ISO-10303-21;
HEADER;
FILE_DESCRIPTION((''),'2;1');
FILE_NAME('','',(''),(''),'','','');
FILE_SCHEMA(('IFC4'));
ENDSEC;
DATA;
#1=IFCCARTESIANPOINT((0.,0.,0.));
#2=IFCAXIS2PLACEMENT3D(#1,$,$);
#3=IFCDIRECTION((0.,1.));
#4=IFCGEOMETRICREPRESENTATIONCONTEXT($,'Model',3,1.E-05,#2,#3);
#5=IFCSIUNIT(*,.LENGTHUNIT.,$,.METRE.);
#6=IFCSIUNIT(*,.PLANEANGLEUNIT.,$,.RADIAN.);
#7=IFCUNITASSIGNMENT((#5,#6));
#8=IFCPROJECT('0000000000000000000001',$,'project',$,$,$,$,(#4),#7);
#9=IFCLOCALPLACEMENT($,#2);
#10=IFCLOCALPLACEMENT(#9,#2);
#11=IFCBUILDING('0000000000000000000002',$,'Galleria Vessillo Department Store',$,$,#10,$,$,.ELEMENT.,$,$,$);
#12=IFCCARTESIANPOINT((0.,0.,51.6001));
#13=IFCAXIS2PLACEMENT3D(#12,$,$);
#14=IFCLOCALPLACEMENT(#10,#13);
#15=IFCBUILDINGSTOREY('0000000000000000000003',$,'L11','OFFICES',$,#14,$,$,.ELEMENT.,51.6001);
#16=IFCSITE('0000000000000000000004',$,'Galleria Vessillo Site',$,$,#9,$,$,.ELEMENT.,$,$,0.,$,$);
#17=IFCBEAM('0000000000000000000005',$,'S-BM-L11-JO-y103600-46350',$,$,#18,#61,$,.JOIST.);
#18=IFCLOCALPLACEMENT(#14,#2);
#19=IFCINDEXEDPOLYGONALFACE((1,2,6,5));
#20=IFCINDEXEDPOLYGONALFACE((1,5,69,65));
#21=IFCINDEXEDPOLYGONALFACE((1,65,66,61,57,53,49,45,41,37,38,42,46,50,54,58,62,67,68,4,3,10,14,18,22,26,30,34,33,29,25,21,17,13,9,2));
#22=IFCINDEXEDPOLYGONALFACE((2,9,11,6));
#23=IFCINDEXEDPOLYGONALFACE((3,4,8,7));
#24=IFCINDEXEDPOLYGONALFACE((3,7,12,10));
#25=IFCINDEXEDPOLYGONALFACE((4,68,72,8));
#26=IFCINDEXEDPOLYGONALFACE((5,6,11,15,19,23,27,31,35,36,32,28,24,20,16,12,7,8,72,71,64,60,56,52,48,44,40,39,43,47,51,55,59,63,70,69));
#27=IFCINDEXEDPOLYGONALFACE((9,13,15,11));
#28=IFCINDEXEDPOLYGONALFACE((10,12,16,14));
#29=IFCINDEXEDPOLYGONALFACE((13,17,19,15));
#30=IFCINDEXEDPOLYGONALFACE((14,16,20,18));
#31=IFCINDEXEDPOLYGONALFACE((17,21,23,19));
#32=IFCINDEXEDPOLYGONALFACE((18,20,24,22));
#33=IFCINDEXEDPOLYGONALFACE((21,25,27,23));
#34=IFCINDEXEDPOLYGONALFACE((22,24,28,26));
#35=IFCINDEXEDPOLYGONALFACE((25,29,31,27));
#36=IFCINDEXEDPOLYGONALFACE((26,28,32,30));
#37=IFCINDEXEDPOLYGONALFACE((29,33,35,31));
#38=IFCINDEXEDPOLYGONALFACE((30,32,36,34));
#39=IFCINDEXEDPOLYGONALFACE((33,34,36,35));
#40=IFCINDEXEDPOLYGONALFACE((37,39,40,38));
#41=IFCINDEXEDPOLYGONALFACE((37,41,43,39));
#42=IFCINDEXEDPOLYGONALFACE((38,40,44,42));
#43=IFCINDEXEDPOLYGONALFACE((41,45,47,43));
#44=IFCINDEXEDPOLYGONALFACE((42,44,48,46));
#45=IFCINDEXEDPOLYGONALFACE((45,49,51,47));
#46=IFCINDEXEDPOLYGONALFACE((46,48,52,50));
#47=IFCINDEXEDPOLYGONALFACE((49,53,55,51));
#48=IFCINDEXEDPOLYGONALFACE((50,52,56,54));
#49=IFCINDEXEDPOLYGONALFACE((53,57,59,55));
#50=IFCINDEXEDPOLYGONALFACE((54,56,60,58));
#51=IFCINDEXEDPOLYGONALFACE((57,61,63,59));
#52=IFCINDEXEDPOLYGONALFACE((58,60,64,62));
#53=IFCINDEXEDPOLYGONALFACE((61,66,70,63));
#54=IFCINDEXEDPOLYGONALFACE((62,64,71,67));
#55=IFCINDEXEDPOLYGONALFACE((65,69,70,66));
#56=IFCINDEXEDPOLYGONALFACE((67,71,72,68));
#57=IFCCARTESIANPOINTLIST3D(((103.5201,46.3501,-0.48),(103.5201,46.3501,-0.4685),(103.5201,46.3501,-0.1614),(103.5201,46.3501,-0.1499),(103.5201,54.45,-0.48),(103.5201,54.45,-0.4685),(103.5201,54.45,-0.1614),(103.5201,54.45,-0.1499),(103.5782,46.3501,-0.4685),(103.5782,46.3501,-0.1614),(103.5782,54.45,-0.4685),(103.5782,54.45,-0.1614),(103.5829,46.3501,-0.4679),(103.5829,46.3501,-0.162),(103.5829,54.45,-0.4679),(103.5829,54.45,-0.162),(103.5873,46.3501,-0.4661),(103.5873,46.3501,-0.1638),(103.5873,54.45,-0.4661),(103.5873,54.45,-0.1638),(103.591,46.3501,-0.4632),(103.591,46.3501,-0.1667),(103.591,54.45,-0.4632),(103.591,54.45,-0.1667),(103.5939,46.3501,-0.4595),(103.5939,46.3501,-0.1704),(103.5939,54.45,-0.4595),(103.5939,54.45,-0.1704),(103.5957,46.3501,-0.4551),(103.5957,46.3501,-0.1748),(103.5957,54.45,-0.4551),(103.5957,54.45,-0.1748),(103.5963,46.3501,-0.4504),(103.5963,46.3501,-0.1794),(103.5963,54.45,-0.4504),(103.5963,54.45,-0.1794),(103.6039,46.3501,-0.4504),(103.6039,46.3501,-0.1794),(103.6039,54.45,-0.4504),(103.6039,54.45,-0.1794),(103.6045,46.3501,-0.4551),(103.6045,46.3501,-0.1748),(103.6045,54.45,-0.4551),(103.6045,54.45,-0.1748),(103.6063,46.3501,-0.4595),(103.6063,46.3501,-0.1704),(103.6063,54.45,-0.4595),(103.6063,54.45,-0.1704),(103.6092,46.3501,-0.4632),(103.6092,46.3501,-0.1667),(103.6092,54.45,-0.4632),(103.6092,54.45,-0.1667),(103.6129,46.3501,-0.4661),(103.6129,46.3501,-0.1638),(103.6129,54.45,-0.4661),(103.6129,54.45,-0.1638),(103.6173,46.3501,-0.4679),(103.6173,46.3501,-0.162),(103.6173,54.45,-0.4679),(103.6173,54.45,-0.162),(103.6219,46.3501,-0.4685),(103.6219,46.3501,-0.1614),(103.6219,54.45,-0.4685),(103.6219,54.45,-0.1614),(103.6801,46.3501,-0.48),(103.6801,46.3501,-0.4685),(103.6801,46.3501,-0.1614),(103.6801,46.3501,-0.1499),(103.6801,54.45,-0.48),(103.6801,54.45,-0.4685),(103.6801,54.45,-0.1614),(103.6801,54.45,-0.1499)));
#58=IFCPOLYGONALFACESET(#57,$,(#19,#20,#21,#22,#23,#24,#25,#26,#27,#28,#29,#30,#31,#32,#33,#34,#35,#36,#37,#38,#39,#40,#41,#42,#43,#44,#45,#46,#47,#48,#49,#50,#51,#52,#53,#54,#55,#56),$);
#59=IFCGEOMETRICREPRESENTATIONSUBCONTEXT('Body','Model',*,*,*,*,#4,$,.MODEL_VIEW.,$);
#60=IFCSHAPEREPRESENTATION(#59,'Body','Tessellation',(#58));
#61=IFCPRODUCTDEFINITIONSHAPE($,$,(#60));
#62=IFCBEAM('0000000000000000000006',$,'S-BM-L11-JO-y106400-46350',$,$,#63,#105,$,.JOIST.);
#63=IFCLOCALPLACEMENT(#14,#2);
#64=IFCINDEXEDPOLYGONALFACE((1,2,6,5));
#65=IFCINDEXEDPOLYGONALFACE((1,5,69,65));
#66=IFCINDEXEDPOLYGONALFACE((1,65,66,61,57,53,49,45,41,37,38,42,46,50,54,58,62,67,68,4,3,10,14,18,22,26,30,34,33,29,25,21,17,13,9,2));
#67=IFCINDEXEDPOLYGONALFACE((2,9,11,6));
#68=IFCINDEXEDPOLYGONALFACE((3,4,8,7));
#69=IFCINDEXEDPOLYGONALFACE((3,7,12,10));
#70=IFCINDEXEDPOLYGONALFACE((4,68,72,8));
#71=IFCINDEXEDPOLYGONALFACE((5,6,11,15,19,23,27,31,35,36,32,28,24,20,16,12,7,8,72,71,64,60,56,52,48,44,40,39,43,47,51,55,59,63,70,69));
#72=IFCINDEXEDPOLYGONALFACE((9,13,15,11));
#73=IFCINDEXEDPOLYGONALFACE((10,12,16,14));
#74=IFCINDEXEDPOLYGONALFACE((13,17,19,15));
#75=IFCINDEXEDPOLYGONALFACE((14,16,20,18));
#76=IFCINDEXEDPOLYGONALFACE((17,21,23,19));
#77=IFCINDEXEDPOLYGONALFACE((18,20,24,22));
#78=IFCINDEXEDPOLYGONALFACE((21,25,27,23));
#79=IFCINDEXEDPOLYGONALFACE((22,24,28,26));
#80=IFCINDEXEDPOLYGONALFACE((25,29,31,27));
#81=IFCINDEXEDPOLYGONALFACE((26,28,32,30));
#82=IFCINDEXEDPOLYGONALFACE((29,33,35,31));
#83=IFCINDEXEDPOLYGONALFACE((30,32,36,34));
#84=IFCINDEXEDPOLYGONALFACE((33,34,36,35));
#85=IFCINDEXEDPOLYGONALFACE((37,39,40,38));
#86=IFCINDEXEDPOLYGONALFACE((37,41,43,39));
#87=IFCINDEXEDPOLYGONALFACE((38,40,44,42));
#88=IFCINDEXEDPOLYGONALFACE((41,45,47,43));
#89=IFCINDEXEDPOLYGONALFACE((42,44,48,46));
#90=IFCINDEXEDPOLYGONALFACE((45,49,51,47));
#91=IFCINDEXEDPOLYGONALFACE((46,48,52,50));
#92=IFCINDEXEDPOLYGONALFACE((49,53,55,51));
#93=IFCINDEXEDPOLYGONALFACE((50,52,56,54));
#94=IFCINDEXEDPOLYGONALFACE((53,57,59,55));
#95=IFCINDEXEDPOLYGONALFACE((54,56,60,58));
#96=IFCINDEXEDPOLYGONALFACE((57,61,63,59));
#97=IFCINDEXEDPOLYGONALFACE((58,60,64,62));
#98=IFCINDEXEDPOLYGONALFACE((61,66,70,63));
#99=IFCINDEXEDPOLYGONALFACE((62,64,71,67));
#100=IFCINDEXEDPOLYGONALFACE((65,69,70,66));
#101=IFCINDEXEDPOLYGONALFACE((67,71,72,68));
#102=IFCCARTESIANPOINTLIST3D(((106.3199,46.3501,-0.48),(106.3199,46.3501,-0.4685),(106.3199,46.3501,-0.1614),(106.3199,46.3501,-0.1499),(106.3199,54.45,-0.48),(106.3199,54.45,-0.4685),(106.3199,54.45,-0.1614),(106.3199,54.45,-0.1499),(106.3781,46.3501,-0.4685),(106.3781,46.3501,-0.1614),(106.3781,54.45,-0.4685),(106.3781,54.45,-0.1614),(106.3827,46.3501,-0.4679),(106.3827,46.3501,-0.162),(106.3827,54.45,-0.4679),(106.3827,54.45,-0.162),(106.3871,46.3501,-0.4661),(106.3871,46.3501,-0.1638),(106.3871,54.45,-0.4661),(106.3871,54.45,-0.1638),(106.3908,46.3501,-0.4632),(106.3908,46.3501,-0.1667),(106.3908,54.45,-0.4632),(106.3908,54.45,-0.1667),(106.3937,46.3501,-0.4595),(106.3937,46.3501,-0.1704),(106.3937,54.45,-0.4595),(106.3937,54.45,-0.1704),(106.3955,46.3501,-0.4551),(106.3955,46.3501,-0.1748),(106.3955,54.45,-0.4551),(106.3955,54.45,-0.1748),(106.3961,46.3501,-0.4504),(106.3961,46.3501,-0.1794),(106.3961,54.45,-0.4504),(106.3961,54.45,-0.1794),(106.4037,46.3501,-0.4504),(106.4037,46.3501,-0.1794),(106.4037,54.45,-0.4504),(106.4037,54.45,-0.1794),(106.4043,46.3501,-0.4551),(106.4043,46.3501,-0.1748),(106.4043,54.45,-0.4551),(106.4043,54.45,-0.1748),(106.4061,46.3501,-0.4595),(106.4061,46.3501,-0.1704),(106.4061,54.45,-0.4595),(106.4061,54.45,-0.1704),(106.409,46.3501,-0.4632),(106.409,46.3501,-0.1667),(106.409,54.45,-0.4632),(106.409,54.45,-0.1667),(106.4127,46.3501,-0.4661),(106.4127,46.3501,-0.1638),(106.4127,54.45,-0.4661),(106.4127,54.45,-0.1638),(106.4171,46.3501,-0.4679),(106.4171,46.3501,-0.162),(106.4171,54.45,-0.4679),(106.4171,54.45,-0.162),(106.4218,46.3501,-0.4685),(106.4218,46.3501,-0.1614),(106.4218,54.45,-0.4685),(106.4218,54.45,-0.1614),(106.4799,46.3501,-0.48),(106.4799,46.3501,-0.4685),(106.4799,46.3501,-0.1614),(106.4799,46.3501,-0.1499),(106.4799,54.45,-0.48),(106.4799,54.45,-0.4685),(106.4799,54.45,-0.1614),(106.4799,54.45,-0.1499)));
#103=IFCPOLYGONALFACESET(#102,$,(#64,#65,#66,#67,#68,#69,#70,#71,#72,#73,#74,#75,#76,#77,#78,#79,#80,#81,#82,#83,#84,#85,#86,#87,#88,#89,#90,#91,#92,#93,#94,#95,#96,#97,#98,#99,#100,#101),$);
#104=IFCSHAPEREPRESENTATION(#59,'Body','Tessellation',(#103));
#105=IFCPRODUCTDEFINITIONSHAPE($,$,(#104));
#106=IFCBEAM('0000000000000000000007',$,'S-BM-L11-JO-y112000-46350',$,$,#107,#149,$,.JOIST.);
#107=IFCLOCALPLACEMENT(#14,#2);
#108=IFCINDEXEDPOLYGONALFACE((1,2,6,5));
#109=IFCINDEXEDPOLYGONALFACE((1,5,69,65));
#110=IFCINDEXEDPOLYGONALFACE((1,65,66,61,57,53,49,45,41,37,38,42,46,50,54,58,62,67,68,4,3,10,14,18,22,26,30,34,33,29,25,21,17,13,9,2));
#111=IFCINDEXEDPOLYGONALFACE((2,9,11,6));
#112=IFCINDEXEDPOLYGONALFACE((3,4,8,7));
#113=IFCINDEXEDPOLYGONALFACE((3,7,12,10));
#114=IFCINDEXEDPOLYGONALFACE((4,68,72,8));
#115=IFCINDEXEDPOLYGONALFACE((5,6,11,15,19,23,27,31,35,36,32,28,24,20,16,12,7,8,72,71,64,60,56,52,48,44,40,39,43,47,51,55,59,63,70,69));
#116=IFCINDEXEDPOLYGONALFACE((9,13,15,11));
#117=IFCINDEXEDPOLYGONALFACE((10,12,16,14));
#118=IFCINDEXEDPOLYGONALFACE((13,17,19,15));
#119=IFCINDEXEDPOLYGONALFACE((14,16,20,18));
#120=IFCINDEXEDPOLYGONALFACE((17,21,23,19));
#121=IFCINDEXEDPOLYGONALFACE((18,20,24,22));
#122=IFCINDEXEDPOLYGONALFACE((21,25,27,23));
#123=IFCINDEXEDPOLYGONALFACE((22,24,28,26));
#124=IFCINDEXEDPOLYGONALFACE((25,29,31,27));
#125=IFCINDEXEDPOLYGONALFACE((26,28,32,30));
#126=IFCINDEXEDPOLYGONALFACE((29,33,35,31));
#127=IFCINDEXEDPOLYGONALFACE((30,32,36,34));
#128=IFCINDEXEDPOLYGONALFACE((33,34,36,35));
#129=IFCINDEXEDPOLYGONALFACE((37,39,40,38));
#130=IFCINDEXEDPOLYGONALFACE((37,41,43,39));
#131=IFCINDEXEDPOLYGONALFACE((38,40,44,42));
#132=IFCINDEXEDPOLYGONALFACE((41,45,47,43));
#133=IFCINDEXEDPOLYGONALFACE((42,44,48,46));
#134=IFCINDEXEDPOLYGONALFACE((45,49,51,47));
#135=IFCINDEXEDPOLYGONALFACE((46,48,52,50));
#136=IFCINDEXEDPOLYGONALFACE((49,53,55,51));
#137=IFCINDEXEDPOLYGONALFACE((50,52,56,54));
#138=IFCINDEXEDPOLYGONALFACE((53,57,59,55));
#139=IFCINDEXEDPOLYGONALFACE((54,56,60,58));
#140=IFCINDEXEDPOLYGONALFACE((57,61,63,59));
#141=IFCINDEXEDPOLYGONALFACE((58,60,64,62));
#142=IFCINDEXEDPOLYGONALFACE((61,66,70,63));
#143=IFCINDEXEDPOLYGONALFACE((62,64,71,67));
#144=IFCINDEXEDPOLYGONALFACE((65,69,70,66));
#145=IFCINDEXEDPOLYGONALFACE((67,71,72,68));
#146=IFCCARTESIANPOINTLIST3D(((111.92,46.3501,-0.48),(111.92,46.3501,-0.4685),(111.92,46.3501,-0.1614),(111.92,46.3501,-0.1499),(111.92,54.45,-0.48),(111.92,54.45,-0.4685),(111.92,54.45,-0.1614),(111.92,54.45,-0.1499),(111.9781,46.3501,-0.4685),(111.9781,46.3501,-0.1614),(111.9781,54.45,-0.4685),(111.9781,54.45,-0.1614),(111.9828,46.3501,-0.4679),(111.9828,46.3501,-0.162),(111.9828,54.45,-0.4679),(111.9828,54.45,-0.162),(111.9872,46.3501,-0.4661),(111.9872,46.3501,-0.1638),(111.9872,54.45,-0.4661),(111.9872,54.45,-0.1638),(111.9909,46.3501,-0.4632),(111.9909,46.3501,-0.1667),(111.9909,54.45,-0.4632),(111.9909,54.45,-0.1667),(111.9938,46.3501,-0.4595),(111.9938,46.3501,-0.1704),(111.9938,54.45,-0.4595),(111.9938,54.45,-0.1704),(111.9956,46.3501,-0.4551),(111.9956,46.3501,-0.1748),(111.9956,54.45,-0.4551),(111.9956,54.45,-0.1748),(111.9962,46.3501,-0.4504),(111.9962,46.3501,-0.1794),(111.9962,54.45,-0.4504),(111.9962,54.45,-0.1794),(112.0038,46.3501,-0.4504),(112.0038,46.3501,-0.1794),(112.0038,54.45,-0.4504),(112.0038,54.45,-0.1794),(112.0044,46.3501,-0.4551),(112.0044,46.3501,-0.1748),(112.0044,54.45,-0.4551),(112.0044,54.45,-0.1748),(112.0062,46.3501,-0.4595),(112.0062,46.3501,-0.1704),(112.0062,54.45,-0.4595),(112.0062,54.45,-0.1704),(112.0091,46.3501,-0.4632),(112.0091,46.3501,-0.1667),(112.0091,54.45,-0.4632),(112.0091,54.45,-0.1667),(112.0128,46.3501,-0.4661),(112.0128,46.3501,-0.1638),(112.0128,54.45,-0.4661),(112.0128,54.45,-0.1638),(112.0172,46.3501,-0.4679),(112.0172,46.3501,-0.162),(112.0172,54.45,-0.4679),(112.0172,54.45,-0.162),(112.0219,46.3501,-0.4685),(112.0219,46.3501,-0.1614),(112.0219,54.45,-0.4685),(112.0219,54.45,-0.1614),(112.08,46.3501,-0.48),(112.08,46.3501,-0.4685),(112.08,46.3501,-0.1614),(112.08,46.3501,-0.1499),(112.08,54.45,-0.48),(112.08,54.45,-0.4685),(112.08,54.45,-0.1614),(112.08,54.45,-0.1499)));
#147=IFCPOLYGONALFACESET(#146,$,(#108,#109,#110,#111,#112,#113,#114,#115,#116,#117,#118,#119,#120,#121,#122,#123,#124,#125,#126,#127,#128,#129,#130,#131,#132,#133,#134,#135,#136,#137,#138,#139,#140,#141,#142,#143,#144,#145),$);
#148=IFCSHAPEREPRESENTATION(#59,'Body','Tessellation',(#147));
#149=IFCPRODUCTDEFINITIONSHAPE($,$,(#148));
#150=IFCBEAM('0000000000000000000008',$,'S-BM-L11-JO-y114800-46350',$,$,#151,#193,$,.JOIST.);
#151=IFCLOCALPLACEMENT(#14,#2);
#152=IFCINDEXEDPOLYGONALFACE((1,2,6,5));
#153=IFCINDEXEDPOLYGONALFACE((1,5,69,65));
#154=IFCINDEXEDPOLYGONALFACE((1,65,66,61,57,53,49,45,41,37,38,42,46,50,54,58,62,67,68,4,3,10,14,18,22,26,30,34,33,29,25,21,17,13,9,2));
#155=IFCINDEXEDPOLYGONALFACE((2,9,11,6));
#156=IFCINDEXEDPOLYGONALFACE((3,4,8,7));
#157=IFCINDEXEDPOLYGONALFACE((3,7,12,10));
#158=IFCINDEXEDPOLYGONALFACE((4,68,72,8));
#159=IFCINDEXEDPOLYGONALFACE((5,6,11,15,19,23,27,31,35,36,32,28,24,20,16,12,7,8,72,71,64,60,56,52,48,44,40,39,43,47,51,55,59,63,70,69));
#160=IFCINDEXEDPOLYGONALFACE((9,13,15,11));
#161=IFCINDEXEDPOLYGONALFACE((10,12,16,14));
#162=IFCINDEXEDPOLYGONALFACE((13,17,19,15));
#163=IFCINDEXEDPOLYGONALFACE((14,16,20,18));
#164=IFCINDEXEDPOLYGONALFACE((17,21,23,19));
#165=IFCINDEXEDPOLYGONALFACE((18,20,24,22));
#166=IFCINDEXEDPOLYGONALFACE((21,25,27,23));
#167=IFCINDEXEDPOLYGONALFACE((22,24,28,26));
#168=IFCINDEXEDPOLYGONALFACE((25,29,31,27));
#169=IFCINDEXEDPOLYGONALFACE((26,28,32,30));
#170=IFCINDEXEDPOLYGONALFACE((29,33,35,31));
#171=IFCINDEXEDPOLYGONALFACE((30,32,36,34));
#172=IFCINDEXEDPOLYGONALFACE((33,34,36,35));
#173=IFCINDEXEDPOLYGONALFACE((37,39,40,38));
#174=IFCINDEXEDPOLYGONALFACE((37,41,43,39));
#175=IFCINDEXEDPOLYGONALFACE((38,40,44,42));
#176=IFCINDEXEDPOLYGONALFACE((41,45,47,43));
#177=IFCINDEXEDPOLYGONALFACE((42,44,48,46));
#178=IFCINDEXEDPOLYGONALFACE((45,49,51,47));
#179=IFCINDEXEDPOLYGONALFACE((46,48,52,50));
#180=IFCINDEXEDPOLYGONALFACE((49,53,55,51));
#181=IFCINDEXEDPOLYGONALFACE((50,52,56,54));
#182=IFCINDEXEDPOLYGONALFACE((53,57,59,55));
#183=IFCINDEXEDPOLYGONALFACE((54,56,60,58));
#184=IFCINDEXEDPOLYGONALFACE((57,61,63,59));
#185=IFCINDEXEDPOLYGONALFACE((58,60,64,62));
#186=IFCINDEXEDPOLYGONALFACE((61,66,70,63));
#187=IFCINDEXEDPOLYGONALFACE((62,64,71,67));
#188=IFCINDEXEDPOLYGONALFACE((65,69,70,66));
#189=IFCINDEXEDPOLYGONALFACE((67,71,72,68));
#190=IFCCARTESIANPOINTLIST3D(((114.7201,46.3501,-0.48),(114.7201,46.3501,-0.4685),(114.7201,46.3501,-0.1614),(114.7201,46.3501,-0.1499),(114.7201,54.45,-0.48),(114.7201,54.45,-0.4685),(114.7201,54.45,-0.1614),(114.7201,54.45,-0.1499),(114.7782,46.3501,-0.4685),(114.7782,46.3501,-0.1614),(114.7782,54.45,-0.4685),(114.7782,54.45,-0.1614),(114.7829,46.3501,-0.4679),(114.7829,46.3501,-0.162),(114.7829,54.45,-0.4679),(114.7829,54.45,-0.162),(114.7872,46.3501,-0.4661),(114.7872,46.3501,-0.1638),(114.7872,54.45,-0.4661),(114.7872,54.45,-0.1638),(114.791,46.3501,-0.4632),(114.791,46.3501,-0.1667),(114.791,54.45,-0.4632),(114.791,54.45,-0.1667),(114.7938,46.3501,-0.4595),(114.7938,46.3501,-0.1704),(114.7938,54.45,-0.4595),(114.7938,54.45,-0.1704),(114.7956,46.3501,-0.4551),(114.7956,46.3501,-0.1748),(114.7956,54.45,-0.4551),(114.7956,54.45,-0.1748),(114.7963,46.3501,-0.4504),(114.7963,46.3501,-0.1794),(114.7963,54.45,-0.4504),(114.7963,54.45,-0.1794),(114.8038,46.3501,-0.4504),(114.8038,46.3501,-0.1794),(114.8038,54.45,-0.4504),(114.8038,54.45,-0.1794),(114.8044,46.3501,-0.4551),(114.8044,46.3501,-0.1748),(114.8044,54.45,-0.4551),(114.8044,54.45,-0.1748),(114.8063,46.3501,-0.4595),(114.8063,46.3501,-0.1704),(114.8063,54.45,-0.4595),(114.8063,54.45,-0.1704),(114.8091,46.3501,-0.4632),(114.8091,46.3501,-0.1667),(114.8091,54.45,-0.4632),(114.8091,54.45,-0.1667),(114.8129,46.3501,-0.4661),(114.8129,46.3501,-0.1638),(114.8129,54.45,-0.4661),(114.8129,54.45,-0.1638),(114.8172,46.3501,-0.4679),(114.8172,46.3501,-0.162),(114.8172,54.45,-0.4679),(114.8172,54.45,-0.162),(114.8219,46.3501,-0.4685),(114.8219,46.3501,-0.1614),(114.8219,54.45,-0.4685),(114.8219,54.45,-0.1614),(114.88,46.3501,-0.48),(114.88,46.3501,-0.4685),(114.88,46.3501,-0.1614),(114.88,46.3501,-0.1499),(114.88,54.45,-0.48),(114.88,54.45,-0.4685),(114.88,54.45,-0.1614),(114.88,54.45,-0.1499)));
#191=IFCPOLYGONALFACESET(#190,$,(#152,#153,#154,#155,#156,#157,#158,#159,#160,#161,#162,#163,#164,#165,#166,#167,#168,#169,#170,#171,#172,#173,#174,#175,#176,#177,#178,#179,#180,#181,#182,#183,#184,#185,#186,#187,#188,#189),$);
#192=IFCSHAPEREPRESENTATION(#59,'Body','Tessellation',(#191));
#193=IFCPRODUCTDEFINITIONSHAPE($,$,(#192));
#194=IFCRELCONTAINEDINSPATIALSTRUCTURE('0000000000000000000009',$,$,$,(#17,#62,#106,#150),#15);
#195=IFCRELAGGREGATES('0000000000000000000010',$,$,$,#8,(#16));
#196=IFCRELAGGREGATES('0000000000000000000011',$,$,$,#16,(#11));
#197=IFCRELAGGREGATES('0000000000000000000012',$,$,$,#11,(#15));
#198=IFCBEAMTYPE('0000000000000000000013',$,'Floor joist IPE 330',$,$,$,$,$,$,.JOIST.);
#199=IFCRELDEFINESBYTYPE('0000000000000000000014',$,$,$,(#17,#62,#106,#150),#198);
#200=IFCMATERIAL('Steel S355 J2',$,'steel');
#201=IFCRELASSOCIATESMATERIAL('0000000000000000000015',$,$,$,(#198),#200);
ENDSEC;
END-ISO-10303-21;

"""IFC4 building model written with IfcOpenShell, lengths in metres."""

from ifc_helpers import new_model, si_unit, direction, frame, origin, origin_2d, place, context, subcontext, project, spatial, i_section, extrude, material, material_profile, profile_set, type_object, element, save


model = new_model("IFC4")

# Units and contexts
model_context = context("Model", 3, precision=1e-05, world=origin(), true_north=direction((0.0, 1.0)))
body_context = subcontext(model_context, "Body", "Model", "MODEL_VIEW")
ifc_project = project(units=[si_unit("LENGTHUNIT", "METRE"), si_unit("PLANEANGLEUNIT", "RADIAN")], contexts=[model_context])

# Site, building, storey
site_placement = place(None, origin())
site = spatial("IfcSite", under=ifc_project, at=site_placement, Name="Galleria Vessillo Site", CompositionType="ELEMENT", RefElevation=0.0)
building_placement = place(site_placement, origin())
building = spatial("IfcBuilding", under=site, at=building_placement, Name="Galleria Vessillo Department Store", CompositionType="ELEMENT")
storey_placement = place(building_placement, frame((0.0, 0.0, 51.6001)))
storey = spatial("IfcBuildingStorey", under=building, at=storey_placement, Name="L11", Description="OFFICES", CompositionType="ELEMENT", Elevation=51.6001)

# Beams
ifc_material_1 = material(Name="Steel S355 J2", Category="steel")
ifc_material_profile_1 = material_profile(ifc_material_1, i_section(OverallWidth=0.1599, OverallDepth=0.3301, WebThickness=0.0076, FlangeThickness=0.0115, FilletRadius=0.0181, at=origin_2d()), Name="IPE 330")
ifc_profile_set_1 = profile_set([ifc_material_profile_1], Name="Steel S355 J2")
beam_type_1 = type_object("IfcBeamType", Name="Floor joist IPE 330", PredefinedType="JOIST", material=ifc_profile_set_1)
for number, where, z_axis, x_axis, name in (
    (1, (103.6001, 46.3501, -0.3149), (0.0, 1.0, 0.0), (-1.0, 0.0, 0.0), "S-BM-L11-JO-y103600-46350"),
    (2, (106.3999, 46.3501, -0.3149), (0.0, 1.0, 0.0), (-1.0, 0.0, 0.0), "S-BM-L11-JO-y106400-46350"),
    (3, (112.0, 46.3501, -0.3149), (0.0, 1.0, 0.0), (-1.0, 0.0, 0.0), "S-BM-L11-JO-y112000-46350"),
    (4, (114.8, 46.3501, -0.3149), (0.0, 1.0, 0.0), (-1.0, 0.0, 0.0), "S-BM-L11-JO-y114800-46350"),
):
    element("IfcBeam", number, at=place(storey_placement, frame(where, z_axis=z_axis, x_axis=x_axis)), inside=storey, type_object=beam_type_1, Name=name, PredefinedType="JOIST", context=body_context, shape_type="SweptSolid", body=[
        extrude(i_section(OverallWidth=0.1599, OverallDepth=0.3301, WebThickness=0.0076, FlangeThickness=0.0115, FilletRadius=0.0181, at=origin_2d()), origin(), (0.0, 0.0, 1.0), 8.0999),
    ])

save(model, "model.ifc")
